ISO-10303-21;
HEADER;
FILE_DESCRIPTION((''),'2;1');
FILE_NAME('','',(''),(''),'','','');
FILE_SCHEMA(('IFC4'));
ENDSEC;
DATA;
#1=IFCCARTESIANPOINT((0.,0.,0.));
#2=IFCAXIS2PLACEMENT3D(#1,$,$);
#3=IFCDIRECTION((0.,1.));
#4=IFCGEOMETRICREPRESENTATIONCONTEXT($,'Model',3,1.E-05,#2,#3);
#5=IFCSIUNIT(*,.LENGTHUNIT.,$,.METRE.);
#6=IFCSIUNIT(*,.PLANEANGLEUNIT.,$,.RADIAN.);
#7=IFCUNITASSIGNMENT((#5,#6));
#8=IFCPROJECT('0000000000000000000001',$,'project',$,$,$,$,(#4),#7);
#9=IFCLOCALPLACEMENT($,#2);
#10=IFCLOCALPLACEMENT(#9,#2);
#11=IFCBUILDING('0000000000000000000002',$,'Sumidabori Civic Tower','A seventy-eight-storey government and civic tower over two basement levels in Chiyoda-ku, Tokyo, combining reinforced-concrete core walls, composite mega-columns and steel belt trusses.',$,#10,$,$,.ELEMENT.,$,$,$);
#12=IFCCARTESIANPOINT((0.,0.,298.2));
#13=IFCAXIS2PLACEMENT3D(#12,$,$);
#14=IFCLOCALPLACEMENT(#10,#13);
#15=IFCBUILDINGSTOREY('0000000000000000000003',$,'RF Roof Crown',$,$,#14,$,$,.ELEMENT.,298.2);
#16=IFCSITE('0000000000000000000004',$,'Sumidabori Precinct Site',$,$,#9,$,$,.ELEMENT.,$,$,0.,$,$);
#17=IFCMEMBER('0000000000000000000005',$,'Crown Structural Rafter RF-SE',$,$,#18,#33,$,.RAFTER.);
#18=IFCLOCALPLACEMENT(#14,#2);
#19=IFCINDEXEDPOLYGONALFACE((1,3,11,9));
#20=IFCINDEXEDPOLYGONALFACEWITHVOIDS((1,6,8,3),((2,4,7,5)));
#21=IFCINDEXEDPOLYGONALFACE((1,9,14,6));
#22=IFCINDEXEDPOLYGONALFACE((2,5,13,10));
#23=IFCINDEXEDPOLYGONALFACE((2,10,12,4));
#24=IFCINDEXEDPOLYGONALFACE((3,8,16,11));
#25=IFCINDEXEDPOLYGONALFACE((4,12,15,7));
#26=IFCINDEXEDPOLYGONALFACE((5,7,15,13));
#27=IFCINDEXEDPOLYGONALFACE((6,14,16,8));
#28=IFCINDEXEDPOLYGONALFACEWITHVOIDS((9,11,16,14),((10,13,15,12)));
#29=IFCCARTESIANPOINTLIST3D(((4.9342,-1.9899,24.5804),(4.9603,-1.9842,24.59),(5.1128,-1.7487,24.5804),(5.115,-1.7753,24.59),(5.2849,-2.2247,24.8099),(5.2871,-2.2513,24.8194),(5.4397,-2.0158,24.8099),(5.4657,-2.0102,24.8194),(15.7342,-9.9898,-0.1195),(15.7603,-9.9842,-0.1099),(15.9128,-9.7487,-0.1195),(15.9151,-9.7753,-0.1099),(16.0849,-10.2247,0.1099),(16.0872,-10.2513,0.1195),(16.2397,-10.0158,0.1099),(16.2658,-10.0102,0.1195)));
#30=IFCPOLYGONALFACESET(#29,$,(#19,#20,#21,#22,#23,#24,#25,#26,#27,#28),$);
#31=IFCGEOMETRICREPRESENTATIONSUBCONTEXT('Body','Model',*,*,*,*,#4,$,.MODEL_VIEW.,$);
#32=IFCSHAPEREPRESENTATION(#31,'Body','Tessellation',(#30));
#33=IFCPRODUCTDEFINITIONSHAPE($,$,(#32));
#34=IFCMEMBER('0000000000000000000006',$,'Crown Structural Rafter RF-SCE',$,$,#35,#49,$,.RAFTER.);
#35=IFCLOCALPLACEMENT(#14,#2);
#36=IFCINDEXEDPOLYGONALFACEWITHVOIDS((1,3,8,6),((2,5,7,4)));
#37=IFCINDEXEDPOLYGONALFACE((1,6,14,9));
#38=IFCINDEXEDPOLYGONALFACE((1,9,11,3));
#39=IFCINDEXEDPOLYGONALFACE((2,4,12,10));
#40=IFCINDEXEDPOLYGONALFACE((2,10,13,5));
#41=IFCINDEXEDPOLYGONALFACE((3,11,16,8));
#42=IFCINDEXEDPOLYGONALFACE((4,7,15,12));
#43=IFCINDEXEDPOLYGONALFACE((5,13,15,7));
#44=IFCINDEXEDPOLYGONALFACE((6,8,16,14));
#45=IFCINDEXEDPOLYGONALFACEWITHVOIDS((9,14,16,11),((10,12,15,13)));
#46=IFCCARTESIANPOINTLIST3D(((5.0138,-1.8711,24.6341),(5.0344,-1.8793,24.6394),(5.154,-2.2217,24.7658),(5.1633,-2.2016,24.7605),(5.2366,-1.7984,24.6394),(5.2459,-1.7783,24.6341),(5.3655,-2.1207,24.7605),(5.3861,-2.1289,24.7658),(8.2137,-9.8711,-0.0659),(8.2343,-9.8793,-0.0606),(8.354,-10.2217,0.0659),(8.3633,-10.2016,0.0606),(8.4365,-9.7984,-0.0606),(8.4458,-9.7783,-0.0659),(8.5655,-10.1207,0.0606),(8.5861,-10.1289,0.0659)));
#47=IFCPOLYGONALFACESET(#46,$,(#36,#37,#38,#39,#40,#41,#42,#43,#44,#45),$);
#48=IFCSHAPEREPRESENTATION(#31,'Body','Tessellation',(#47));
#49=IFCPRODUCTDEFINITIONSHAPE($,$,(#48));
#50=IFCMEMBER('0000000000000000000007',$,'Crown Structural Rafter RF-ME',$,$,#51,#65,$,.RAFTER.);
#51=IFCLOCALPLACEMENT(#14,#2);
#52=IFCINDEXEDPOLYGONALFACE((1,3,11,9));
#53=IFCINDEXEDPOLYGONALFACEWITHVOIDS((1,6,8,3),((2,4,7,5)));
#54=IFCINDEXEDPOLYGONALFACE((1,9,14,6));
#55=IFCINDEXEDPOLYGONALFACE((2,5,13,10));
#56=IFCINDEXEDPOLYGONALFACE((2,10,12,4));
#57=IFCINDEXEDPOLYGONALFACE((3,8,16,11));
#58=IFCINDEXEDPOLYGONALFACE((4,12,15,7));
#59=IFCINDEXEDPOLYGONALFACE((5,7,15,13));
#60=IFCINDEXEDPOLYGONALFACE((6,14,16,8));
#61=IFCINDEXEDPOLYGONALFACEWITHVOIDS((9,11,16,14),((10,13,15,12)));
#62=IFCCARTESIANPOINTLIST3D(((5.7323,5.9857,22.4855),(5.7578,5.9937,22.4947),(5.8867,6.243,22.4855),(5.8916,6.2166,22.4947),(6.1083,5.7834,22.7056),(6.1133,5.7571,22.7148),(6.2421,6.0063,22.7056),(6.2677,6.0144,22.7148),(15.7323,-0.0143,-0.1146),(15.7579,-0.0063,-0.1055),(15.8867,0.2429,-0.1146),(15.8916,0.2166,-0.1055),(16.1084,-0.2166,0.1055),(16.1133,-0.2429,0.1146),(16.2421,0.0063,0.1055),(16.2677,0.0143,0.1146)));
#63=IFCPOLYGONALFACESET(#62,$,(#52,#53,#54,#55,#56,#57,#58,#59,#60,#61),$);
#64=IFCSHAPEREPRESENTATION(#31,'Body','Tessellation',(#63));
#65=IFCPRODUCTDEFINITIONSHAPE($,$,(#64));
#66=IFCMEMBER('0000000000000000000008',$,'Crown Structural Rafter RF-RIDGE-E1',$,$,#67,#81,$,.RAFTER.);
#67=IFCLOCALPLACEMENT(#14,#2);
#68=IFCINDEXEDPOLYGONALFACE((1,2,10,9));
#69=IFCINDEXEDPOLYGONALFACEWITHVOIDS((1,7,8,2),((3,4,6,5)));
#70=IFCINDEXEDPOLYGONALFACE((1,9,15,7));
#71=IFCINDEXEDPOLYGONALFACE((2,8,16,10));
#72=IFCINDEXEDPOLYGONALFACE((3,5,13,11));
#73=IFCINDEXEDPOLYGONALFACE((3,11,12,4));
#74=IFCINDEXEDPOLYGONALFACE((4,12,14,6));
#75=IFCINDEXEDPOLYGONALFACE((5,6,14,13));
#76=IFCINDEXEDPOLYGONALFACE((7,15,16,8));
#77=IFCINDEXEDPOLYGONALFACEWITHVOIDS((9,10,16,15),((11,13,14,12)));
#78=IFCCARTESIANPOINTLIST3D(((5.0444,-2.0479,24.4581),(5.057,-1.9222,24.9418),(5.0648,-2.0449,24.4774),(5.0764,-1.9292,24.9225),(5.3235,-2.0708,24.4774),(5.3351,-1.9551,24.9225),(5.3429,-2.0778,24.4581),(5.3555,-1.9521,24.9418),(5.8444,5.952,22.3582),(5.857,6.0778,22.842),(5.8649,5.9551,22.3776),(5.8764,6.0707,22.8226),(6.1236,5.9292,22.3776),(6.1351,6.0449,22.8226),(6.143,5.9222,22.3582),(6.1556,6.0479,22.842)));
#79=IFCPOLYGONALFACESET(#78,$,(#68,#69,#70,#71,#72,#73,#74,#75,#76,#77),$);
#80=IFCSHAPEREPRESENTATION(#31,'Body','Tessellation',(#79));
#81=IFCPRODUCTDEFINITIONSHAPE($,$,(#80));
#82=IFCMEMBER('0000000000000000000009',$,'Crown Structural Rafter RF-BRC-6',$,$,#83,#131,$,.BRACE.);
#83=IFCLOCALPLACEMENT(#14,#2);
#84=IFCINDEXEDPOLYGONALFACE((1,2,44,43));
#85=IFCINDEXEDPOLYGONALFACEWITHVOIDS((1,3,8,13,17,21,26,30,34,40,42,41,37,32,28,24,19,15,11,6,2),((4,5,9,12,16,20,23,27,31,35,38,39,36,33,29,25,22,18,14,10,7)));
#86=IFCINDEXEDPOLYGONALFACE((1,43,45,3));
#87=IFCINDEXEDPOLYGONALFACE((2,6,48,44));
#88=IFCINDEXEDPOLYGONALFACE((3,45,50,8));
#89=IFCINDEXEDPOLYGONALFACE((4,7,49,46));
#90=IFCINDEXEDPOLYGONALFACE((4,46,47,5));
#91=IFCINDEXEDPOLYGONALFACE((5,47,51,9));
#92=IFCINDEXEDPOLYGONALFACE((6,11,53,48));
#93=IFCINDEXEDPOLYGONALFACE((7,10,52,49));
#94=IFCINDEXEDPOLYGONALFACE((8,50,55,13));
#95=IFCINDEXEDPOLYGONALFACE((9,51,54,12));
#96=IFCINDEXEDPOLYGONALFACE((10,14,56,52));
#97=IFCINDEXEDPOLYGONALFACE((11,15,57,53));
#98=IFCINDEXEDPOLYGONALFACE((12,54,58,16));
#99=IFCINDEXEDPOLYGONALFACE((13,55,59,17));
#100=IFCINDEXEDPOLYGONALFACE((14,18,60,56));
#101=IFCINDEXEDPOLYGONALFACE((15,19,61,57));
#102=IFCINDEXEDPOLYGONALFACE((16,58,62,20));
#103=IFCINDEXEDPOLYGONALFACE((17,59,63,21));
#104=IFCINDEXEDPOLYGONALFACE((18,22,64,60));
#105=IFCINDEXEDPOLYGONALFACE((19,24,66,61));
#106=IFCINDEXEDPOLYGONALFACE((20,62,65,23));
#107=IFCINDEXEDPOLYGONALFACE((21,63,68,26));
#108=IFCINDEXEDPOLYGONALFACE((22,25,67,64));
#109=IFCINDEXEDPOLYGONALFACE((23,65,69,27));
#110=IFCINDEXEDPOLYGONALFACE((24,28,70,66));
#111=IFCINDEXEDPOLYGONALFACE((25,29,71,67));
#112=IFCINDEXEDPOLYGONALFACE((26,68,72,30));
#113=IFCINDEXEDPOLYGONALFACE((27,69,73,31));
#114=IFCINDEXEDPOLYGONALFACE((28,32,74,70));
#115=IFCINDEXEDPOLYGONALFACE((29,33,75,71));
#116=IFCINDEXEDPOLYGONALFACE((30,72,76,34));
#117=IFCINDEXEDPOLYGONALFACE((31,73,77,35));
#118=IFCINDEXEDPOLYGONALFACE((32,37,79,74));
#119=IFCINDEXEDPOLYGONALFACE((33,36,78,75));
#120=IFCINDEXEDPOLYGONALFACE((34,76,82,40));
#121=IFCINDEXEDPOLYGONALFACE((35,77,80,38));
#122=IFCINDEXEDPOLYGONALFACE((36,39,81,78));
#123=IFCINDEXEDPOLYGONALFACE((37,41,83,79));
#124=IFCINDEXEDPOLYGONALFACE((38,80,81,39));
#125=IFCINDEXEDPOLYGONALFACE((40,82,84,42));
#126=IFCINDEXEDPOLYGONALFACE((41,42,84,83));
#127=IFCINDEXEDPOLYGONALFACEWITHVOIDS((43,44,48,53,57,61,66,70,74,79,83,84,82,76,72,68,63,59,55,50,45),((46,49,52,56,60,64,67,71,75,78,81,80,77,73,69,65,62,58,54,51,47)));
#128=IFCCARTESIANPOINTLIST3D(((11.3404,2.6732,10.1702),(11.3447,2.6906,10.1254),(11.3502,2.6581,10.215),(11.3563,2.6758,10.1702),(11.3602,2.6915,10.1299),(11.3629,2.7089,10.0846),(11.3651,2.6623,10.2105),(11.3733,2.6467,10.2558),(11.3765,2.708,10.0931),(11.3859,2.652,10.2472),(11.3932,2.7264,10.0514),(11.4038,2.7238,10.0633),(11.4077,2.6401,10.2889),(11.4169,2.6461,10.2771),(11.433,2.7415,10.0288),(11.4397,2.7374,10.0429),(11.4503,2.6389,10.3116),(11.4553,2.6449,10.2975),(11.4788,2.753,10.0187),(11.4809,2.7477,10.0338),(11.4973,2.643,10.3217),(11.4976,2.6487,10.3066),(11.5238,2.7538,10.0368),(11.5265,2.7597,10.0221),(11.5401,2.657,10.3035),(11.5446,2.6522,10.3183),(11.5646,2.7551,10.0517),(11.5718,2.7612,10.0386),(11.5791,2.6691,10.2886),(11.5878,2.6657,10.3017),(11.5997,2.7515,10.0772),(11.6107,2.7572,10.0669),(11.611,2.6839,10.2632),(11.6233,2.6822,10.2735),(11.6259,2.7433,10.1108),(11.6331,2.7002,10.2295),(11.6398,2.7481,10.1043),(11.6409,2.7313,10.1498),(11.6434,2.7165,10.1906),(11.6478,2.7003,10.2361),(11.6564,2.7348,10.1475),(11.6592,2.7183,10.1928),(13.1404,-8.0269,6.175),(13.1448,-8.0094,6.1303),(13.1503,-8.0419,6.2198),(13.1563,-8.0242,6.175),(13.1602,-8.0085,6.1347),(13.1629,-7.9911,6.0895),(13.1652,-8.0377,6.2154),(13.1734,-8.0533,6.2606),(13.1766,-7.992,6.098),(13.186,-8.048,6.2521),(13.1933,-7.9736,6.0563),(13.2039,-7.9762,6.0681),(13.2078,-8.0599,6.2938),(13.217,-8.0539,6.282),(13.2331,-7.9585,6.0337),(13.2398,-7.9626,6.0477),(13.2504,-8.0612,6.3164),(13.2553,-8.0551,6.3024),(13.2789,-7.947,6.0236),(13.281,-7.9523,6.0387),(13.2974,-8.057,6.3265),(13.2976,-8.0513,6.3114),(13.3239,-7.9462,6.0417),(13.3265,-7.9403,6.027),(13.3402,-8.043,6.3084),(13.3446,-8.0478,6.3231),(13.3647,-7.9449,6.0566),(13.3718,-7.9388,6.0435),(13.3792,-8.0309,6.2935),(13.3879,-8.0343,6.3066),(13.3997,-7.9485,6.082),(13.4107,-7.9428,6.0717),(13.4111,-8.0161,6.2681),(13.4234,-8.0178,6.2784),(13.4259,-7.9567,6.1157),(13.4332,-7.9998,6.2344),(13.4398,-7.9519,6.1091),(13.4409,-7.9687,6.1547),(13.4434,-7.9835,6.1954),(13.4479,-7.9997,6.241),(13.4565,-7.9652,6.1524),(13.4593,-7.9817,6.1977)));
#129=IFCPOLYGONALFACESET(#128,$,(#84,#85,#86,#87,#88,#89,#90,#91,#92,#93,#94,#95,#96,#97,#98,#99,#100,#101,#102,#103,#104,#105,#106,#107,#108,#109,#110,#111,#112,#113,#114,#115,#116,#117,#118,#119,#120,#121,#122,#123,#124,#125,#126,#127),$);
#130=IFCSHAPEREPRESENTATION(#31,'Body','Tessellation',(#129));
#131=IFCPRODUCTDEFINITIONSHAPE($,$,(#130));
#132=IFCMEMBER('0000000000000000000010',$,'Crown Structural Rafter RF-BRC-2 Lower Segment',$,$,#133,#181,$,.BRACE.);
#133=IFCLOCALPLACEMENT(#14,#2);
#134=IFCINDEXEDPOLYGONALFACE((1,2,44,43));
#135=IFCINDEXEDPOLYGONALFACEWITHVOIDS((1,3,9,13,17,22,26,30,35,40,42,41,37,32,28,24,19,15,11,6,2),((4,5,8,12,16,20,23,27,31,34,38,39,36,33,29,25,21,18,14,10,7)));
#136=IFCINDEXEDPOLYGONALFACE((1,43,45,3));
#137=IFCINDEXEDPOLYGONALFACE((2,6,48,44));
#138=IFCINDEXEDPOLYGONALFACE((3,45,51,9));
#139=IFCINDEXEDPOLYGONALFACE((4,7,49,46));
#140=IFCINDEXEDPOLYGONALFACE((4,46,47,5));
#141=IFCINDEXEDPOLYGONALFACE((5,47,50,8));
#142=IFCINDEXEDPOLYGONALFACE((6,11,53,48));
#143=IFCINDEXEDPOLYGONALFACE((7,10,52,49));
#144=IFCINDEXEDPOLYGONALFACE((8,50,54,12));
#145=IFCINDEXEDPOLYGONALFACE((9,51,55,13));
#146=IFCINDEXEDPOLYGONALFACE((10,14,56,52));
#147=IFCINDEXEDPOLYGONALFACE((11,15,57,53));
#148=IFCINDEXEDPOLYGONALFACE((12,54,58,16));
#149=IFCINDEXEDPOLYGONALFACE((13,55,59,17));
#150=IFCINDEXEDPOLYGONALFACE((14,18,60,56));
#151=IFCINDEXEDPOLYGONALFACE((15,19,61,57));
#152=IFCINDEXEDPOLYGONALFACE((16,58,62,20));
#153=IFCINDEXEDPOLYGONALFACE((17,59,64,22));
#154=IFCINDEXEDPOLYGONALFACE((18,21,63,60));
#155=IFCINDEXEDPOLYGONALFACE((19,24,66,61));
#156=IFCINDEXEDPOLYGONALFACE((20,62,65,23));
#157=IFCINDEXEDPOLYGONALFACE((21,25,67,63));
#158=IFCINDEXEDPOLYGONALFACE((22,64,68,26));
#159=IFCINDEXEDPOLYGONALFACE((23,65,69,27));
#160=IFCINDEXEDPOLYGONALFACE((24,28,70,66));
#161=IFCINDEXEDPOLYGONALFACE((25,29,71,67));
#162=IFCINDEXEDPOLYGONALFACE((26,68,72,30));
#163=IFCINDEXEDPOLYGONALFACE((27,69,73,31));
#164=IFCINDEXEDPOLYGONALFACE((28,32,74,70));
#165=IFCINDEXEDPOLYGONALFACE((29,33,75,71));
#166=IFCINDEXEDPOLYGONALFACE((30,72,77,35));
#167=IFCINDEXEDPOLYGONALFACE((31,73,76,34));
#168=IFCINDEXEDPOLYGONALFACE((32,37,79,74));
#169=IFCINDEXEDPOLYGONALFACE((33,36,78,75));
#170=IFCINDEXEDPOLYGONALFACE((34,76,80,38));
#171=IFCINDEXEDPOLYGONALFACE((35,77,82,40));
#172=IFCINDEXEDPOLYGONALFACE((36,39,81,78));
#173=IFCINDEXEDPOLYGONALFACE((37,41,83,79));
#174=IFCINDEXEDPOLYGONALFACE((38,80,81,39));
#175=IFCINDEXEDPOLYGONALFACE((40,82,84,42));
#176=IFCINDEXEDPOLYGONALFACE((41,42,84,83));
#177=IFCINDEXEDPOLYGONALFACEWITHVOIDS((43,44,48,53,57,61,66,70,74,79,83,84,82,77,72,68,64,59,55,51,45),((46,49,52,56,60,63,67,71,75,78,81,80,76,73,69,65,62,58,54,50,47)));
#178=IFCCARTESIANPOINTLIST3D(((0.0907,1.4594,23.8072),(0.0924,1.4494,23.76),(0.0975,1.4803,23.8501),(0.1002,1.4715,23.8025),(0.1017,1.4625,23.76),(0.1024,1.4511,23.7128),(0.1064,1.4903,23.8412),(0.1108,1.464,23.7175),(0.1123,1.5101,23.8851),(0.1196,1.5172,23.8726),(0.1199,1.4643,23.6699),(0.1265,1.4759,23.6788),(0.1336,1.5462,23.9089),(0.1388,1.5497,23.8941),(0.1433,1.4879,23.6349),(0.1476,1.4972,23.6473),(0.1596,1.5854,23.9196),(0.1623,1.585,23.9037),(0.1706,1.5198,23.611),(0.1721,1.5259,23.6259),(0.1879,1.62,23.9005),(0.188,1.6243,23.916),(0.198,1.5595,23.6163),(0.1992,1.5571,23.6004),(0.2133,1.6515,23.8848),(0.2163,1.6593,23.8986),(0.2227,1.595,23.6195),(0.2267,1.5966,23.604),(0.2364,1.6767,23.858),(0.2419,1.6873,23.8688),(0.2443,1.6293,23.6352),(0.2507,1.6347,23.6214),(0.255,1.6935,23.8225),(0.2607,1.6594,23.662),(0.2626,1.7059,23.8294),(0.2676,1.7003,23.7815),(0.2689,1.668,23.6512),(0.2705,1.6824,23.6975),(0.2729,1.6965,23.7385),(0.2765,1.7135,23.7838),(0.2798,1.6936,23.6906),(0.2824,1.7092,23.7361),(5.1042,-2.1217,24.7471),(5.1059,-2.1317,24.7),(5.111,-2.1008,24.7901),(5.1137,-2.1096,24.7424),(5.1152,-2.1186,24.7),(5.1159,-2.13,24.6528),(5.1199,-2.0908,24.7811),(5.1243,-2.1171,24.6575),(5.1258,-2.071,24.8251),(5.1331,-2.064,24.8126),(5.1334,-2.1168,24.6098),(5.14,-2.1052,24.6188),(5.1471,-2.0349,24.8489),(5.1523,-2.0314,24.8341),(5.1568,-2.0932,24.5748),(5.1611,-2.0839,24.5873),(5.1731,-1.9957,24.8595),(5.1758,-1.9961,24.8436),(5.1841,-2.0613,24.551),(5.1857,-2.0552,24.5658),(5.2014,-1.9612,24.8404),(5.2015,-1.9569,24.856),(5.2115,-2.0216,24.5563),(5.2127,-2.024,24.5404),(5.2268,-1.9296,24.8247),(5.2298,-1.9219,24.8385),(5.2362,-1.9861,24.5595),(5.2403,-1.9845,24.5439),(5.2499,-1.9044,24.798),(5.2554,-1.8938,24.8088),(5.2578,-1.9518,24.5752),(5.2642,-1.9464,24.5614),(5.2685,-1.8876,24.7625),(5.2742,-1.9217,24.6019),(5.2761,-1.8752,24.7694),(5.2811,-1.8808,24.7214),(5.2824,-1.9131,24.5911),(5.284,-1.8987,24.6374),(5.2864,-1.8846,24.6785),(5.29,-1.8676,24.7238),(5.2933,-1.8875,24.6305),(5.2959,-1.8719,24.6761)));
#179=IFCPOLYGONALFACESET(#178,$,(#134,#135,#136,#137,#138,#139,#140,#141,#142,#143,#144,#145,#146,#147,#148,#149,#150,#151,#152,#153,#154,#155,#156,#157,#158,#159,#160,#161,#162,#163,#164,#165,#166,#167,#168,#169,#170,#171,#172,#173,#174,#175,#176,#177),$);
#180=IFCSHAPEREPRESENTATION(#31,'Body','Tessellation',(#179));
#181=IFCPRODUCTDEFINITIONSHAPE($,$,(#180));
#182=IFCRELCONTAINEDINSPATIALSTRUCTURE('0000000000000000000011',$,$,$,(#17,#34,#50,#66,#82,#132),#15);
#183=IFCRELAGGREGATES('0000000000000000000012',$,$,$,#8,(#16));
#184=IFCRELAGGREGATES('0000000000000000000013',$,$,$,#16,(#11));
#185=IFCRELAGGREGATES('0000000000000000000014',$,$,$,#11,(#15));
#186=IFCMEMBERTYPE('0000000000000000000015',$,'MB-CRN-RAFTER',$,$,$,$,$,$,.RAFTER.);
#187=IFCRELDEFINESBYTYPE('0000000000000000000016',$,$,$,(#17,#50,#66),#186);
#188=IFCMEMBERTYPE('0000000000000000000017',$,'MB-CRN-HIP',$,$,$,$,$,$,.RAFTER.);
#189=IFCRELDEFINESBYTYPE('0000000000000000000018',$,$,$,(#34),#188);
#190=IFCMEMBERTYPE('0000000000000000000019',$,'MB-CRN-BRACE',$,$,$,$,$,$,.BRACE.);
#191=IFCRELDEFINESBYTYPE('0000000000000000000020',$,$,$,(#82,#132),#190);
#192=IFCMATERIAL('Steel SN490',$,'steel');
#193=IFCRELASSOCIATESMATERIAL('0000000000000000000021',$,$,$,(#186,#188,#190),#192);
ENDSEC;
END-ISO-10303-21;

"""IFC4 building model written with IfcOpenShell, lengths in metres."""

from ifc_helpers import new_model, si_unit, direction, frame, origin, origin_2d, place, context, subcontext, project, spatial, hollow_rectangle, hollow_circle, extrude, source, transform, mapped, material, material_profile, profile_set, type_object, element, save


model = new_model("IFC4")

# Units and contexts
model_context = context("Model", 3, precision=1e-05, world=origin(), true_north=direction((0.0, 1.0)))
body_context = subcontext(model_context, "Body", "Model", "MODEL_VIEW")
ifc_project = project(units=[si_unit("LENGTHUNIT", "METRE"), si_unit("PLANEANGLEUNIT", "RADIAN")], contexts=[model_context])

# Site, building, storey
site_placement = place(None, origin())
site = spatial("IfcSite", under=ifc_project, at=site_placement, Name="Sumidabori Precinct Site", CompositionType="ELEMENT", RefElevation=0.0)
building_placement = place(site_placement, origin())
building = spatial("IfcBuilding", under=site, at=building_placement, Name="Sumidabori Civic Tower", Description="A seventy-eight-storey government and civic tower over two basement levels in Chiyoda-ku, Tokyo, combining reinforced-concrete core walls, composite mega-columns and steel belt trusses.", CompositionType="ELEMENT")
storey_placement = place(building_placement, frame((0.0, 0.0, 298.2)))
storey = spatial("IfcBuildingStorey", under=building, at=storey_placement, Name="RF Roof Crown", CompositionType="ELEMENT", Elevation=298.2)

# Members
ifc_material_1 = material(Name="Steel SN490", Category="steel")
ifc_material_profile_1 = material_profile(ifc_material_1, hollow_rectangle(XDim=0.3, YDim=0.5, WallThickness=0.02, at=origin_2d()), Name="RHS 500x300x20")
ifc_profile_set_1 = profile_set([ifc_material_profile_1], Name="Steel SN490")
member_type_1 = type_object("IfcMemberType", Name="MB-CRN-RAFTER", PredefinedType="RAFTER", material=ifc_profile_set_1)
shared_shape_1 = source(origin(), body_context, "Body", "SweptSolid", [
    extrude(hollow_rectangle(XDim=0.3, YDim=0.5, WallThickness=0.02, at=origin_2d()), origin(), (0.0, 0.0, 1.0), 28.1199),
])
member_1_placement = place(storey_placement, frame((16.0, -10.0, 0.0), z_axis=(-0.384071, 0.284496, 0.87838), x_axis=(-0.595226, -0.803558, 0.0)))
element("IfcMember", 1, at=member_1_placement, inside=storey, type_object=member_type_1, Name="Crown Structural Rafter RF-SE", PredefinedType="RAFTER", context=body_context, shape_type="MappedRepresentation", body=[
    mapped(shared_shape_1, transform((0.0, 0.0, 0.0), x_axis=(1.0, 0.0, 0.0), y_axis=(0.0, 1.0, 0.0), z_axis=(0.0, 0.0, 1.0), scale=1.0)),
])
ifc_material_profile_2 = material_profile(ifc_material_1, hollow_rectangle(XDim=0.25, YDim=0.3999, WallThickness=0.0161, at=origin_2d()), Name="RHS 400x250x16")
ifc_profile_set_2 = profile_set([ifc_material_profile_2], Name="Steel SN490")
member_type_2 = type_object("IfcMemberType", Name="MB-CRN-HIP", PredefinedType="RAFTER", material=ifc_profile_set_2)
shared_shape_2 = source(origin(), body_context, "Body", "SweptSolid", [
    extrude(hollow_rectangle(XDim=0.25, YDim=0.3999, WallThickness=0.0161, at=origin_2d()), origin(), (0.0, 0.0, 1.0), 26.1597),
])
member_2_placement = place(storey_placement, frame((8.3999, -10.0, 0.0), z_axis=(-0.122324, 0.305814, 0.9442), x_axis=(-0.928479, -0.371386, 0.0)))
element("IfcMember", 2, at=member_2_placement, inside=storey, type_object=member_type_2, Name="Crown Structural Rafter RF-SCE", PredefinedType="RAFTER", context=body_context, shape_type="MappedRepresentation", body=[
    mapped(shared_shape_2, transform((0.0, 0.0, 0.0), x_axis=(1.0, 0.0, 0.0), y_axis=(0.0, 1.0, 0.0), z_axis=(0.0, 0.0, 1.0), scale=1.0)),
])
shared_shape_3 = source(origin(), body_context, "Body", "SweptSolid", [
    extrude(hollow_rectangle(XDim=0.3, YDim=0.5, WallThickness=0.02, at=origin_2d()), origin(), (0.0, 0.0, 1.0), 25.4316),
])
member_3_placement = place(storey_placement, frame((16.0, 0.0, 0.0), z_axis=(-0.393212, 0.235927, 0.888663), x_axis=(-0.514496, -0.857493, 0.0)))
element("IfcMember", 3, at=member_3_placement, inside=storey, type_object=member_type_1, Name="Crown Structural Rafter RF-ME", PredefinedType="RAFTER", context=body_context, shape_type="MappedRepresentation", body=[
    mapped(shared_shape_3, transform((0.0, 0.0, 0.0), x_axis=(1.0, 0.0, 0.0), y_axis=(0.0, 1.0, 0.0), z_axis=(0.0, 0.0, 1.0), scale=1.0)),
])
shared_shape_4 = source(origin(), body_context, "Body", "SweptSolid", [
    extrude(hollow_rectangle(XDim=0.3, YDim=0.5, WallThickness=0.02, at=origin_2d()), origin(), (0.0, 0.0, 1.0), 8.3096),
])
member_4_placement = place(storey_placement, frame((5.2, -2.0, 24.7), z_axis=(0.09628, 0.962742, -0.252702), x_axis=(-0.995037, 0.09951, 0.0)))
element("IfcMember", 4, at=member_4_placement, inside=storey, type_object=member_type_1, Name="Crown Structural Rafter RF-RIDGE-E1", PredefinedType="RAFTER", context=body_context, shape_type="MappedRepresentation", body=[
    mapped(shared_shape_4, transform((0.0, 0.0, 0.0), x_axis=(1.0, 0.0, 0.0), y_axis=(0.0, 1.0, 0.0), z_axis=(0.0, 0.0, 1.0), scale=1.0)),
])
ifc_material_profile_3 = material_profile(ifc_material_1, hollow_circle(Radius=0.1619, WallThickness=0.0161, at=origin_2d()), Name="CHS 323.9x16")
ifc_profile_set_3 = profile_set([ifc_material_profile_3], Name="Steel SN490")
member_type_3 = type_object("IfcMemberType", Name="MB-CRN-BRACE", PredefinedType="BRACE", material=ifc_profile_set_3)
shared_shape_5 = source(origin(), body_context, "Body", "SweptSolid", [
    extrude(hollow_circle(Radius=0.1619, WallThickness=0.0161, at=origin_2d()), origin(), (0.0, 0.0, 1.0), 11.5625),
])
member_5_placement = place(storey_placement, frame((13.3, -8.0, 6.175), z_axis=(-0.155681, 0.925406, 0.345525), x_axis=(-0.986143, -0.165898, 0.0)))
element("IfcMember", 5, at=member_5_placement, inside=storey, type_object=member_type_3, Name="Crown Structural Rafter RF-BRC-6", PredefinedType="BRACE", context=body_context, shape_type="MappedRepresentation", body=[
    mapped(shared_shape_5, transform((0.0, 0.0, 0.0), x_axis=(1.0, 0.0, 0.0), y_axis=(0.0, 1.0, 0.0), z_axis=(0.0, 0.0, 1.0), scale=1.0)),
])
shared_shape_6 = source(origin(), body_context, "Body", "SweptSolid", [
    extrude(hollow_circle(Radius=0.1619, WallThickness=0.0161, at=origin_2d()), origin(), (0.0, 0.0, 1.0), 6.2324),
])
member_6_placement = place(storey_placement, frame((5.2, -2.0, 24.7), z_axis=(-0.804423, 0.574594, -0.150817), x_axis=(-0.581242, -0.813731, 0.0)))
element("IfcMember", 6, at=member_6_placement, inside=storey, type_object=member_type_3, Name="Crown Structural Rafter RF-BRC-2 Lower Segment", PredefinedType="BRACE", context=body_context, shape_type="MappedRepresentation", body=[
    mapped(shared_shape_6, transform((0.0, 0.0, 0.0), x_axis=(1.0, 0.0, 0.0), y_axis=(0.0, 1.0, 0.0), z_axis=(0.0, 0.0, 1.0), scale=1.0)),
])

save(model, "model.ifc")
